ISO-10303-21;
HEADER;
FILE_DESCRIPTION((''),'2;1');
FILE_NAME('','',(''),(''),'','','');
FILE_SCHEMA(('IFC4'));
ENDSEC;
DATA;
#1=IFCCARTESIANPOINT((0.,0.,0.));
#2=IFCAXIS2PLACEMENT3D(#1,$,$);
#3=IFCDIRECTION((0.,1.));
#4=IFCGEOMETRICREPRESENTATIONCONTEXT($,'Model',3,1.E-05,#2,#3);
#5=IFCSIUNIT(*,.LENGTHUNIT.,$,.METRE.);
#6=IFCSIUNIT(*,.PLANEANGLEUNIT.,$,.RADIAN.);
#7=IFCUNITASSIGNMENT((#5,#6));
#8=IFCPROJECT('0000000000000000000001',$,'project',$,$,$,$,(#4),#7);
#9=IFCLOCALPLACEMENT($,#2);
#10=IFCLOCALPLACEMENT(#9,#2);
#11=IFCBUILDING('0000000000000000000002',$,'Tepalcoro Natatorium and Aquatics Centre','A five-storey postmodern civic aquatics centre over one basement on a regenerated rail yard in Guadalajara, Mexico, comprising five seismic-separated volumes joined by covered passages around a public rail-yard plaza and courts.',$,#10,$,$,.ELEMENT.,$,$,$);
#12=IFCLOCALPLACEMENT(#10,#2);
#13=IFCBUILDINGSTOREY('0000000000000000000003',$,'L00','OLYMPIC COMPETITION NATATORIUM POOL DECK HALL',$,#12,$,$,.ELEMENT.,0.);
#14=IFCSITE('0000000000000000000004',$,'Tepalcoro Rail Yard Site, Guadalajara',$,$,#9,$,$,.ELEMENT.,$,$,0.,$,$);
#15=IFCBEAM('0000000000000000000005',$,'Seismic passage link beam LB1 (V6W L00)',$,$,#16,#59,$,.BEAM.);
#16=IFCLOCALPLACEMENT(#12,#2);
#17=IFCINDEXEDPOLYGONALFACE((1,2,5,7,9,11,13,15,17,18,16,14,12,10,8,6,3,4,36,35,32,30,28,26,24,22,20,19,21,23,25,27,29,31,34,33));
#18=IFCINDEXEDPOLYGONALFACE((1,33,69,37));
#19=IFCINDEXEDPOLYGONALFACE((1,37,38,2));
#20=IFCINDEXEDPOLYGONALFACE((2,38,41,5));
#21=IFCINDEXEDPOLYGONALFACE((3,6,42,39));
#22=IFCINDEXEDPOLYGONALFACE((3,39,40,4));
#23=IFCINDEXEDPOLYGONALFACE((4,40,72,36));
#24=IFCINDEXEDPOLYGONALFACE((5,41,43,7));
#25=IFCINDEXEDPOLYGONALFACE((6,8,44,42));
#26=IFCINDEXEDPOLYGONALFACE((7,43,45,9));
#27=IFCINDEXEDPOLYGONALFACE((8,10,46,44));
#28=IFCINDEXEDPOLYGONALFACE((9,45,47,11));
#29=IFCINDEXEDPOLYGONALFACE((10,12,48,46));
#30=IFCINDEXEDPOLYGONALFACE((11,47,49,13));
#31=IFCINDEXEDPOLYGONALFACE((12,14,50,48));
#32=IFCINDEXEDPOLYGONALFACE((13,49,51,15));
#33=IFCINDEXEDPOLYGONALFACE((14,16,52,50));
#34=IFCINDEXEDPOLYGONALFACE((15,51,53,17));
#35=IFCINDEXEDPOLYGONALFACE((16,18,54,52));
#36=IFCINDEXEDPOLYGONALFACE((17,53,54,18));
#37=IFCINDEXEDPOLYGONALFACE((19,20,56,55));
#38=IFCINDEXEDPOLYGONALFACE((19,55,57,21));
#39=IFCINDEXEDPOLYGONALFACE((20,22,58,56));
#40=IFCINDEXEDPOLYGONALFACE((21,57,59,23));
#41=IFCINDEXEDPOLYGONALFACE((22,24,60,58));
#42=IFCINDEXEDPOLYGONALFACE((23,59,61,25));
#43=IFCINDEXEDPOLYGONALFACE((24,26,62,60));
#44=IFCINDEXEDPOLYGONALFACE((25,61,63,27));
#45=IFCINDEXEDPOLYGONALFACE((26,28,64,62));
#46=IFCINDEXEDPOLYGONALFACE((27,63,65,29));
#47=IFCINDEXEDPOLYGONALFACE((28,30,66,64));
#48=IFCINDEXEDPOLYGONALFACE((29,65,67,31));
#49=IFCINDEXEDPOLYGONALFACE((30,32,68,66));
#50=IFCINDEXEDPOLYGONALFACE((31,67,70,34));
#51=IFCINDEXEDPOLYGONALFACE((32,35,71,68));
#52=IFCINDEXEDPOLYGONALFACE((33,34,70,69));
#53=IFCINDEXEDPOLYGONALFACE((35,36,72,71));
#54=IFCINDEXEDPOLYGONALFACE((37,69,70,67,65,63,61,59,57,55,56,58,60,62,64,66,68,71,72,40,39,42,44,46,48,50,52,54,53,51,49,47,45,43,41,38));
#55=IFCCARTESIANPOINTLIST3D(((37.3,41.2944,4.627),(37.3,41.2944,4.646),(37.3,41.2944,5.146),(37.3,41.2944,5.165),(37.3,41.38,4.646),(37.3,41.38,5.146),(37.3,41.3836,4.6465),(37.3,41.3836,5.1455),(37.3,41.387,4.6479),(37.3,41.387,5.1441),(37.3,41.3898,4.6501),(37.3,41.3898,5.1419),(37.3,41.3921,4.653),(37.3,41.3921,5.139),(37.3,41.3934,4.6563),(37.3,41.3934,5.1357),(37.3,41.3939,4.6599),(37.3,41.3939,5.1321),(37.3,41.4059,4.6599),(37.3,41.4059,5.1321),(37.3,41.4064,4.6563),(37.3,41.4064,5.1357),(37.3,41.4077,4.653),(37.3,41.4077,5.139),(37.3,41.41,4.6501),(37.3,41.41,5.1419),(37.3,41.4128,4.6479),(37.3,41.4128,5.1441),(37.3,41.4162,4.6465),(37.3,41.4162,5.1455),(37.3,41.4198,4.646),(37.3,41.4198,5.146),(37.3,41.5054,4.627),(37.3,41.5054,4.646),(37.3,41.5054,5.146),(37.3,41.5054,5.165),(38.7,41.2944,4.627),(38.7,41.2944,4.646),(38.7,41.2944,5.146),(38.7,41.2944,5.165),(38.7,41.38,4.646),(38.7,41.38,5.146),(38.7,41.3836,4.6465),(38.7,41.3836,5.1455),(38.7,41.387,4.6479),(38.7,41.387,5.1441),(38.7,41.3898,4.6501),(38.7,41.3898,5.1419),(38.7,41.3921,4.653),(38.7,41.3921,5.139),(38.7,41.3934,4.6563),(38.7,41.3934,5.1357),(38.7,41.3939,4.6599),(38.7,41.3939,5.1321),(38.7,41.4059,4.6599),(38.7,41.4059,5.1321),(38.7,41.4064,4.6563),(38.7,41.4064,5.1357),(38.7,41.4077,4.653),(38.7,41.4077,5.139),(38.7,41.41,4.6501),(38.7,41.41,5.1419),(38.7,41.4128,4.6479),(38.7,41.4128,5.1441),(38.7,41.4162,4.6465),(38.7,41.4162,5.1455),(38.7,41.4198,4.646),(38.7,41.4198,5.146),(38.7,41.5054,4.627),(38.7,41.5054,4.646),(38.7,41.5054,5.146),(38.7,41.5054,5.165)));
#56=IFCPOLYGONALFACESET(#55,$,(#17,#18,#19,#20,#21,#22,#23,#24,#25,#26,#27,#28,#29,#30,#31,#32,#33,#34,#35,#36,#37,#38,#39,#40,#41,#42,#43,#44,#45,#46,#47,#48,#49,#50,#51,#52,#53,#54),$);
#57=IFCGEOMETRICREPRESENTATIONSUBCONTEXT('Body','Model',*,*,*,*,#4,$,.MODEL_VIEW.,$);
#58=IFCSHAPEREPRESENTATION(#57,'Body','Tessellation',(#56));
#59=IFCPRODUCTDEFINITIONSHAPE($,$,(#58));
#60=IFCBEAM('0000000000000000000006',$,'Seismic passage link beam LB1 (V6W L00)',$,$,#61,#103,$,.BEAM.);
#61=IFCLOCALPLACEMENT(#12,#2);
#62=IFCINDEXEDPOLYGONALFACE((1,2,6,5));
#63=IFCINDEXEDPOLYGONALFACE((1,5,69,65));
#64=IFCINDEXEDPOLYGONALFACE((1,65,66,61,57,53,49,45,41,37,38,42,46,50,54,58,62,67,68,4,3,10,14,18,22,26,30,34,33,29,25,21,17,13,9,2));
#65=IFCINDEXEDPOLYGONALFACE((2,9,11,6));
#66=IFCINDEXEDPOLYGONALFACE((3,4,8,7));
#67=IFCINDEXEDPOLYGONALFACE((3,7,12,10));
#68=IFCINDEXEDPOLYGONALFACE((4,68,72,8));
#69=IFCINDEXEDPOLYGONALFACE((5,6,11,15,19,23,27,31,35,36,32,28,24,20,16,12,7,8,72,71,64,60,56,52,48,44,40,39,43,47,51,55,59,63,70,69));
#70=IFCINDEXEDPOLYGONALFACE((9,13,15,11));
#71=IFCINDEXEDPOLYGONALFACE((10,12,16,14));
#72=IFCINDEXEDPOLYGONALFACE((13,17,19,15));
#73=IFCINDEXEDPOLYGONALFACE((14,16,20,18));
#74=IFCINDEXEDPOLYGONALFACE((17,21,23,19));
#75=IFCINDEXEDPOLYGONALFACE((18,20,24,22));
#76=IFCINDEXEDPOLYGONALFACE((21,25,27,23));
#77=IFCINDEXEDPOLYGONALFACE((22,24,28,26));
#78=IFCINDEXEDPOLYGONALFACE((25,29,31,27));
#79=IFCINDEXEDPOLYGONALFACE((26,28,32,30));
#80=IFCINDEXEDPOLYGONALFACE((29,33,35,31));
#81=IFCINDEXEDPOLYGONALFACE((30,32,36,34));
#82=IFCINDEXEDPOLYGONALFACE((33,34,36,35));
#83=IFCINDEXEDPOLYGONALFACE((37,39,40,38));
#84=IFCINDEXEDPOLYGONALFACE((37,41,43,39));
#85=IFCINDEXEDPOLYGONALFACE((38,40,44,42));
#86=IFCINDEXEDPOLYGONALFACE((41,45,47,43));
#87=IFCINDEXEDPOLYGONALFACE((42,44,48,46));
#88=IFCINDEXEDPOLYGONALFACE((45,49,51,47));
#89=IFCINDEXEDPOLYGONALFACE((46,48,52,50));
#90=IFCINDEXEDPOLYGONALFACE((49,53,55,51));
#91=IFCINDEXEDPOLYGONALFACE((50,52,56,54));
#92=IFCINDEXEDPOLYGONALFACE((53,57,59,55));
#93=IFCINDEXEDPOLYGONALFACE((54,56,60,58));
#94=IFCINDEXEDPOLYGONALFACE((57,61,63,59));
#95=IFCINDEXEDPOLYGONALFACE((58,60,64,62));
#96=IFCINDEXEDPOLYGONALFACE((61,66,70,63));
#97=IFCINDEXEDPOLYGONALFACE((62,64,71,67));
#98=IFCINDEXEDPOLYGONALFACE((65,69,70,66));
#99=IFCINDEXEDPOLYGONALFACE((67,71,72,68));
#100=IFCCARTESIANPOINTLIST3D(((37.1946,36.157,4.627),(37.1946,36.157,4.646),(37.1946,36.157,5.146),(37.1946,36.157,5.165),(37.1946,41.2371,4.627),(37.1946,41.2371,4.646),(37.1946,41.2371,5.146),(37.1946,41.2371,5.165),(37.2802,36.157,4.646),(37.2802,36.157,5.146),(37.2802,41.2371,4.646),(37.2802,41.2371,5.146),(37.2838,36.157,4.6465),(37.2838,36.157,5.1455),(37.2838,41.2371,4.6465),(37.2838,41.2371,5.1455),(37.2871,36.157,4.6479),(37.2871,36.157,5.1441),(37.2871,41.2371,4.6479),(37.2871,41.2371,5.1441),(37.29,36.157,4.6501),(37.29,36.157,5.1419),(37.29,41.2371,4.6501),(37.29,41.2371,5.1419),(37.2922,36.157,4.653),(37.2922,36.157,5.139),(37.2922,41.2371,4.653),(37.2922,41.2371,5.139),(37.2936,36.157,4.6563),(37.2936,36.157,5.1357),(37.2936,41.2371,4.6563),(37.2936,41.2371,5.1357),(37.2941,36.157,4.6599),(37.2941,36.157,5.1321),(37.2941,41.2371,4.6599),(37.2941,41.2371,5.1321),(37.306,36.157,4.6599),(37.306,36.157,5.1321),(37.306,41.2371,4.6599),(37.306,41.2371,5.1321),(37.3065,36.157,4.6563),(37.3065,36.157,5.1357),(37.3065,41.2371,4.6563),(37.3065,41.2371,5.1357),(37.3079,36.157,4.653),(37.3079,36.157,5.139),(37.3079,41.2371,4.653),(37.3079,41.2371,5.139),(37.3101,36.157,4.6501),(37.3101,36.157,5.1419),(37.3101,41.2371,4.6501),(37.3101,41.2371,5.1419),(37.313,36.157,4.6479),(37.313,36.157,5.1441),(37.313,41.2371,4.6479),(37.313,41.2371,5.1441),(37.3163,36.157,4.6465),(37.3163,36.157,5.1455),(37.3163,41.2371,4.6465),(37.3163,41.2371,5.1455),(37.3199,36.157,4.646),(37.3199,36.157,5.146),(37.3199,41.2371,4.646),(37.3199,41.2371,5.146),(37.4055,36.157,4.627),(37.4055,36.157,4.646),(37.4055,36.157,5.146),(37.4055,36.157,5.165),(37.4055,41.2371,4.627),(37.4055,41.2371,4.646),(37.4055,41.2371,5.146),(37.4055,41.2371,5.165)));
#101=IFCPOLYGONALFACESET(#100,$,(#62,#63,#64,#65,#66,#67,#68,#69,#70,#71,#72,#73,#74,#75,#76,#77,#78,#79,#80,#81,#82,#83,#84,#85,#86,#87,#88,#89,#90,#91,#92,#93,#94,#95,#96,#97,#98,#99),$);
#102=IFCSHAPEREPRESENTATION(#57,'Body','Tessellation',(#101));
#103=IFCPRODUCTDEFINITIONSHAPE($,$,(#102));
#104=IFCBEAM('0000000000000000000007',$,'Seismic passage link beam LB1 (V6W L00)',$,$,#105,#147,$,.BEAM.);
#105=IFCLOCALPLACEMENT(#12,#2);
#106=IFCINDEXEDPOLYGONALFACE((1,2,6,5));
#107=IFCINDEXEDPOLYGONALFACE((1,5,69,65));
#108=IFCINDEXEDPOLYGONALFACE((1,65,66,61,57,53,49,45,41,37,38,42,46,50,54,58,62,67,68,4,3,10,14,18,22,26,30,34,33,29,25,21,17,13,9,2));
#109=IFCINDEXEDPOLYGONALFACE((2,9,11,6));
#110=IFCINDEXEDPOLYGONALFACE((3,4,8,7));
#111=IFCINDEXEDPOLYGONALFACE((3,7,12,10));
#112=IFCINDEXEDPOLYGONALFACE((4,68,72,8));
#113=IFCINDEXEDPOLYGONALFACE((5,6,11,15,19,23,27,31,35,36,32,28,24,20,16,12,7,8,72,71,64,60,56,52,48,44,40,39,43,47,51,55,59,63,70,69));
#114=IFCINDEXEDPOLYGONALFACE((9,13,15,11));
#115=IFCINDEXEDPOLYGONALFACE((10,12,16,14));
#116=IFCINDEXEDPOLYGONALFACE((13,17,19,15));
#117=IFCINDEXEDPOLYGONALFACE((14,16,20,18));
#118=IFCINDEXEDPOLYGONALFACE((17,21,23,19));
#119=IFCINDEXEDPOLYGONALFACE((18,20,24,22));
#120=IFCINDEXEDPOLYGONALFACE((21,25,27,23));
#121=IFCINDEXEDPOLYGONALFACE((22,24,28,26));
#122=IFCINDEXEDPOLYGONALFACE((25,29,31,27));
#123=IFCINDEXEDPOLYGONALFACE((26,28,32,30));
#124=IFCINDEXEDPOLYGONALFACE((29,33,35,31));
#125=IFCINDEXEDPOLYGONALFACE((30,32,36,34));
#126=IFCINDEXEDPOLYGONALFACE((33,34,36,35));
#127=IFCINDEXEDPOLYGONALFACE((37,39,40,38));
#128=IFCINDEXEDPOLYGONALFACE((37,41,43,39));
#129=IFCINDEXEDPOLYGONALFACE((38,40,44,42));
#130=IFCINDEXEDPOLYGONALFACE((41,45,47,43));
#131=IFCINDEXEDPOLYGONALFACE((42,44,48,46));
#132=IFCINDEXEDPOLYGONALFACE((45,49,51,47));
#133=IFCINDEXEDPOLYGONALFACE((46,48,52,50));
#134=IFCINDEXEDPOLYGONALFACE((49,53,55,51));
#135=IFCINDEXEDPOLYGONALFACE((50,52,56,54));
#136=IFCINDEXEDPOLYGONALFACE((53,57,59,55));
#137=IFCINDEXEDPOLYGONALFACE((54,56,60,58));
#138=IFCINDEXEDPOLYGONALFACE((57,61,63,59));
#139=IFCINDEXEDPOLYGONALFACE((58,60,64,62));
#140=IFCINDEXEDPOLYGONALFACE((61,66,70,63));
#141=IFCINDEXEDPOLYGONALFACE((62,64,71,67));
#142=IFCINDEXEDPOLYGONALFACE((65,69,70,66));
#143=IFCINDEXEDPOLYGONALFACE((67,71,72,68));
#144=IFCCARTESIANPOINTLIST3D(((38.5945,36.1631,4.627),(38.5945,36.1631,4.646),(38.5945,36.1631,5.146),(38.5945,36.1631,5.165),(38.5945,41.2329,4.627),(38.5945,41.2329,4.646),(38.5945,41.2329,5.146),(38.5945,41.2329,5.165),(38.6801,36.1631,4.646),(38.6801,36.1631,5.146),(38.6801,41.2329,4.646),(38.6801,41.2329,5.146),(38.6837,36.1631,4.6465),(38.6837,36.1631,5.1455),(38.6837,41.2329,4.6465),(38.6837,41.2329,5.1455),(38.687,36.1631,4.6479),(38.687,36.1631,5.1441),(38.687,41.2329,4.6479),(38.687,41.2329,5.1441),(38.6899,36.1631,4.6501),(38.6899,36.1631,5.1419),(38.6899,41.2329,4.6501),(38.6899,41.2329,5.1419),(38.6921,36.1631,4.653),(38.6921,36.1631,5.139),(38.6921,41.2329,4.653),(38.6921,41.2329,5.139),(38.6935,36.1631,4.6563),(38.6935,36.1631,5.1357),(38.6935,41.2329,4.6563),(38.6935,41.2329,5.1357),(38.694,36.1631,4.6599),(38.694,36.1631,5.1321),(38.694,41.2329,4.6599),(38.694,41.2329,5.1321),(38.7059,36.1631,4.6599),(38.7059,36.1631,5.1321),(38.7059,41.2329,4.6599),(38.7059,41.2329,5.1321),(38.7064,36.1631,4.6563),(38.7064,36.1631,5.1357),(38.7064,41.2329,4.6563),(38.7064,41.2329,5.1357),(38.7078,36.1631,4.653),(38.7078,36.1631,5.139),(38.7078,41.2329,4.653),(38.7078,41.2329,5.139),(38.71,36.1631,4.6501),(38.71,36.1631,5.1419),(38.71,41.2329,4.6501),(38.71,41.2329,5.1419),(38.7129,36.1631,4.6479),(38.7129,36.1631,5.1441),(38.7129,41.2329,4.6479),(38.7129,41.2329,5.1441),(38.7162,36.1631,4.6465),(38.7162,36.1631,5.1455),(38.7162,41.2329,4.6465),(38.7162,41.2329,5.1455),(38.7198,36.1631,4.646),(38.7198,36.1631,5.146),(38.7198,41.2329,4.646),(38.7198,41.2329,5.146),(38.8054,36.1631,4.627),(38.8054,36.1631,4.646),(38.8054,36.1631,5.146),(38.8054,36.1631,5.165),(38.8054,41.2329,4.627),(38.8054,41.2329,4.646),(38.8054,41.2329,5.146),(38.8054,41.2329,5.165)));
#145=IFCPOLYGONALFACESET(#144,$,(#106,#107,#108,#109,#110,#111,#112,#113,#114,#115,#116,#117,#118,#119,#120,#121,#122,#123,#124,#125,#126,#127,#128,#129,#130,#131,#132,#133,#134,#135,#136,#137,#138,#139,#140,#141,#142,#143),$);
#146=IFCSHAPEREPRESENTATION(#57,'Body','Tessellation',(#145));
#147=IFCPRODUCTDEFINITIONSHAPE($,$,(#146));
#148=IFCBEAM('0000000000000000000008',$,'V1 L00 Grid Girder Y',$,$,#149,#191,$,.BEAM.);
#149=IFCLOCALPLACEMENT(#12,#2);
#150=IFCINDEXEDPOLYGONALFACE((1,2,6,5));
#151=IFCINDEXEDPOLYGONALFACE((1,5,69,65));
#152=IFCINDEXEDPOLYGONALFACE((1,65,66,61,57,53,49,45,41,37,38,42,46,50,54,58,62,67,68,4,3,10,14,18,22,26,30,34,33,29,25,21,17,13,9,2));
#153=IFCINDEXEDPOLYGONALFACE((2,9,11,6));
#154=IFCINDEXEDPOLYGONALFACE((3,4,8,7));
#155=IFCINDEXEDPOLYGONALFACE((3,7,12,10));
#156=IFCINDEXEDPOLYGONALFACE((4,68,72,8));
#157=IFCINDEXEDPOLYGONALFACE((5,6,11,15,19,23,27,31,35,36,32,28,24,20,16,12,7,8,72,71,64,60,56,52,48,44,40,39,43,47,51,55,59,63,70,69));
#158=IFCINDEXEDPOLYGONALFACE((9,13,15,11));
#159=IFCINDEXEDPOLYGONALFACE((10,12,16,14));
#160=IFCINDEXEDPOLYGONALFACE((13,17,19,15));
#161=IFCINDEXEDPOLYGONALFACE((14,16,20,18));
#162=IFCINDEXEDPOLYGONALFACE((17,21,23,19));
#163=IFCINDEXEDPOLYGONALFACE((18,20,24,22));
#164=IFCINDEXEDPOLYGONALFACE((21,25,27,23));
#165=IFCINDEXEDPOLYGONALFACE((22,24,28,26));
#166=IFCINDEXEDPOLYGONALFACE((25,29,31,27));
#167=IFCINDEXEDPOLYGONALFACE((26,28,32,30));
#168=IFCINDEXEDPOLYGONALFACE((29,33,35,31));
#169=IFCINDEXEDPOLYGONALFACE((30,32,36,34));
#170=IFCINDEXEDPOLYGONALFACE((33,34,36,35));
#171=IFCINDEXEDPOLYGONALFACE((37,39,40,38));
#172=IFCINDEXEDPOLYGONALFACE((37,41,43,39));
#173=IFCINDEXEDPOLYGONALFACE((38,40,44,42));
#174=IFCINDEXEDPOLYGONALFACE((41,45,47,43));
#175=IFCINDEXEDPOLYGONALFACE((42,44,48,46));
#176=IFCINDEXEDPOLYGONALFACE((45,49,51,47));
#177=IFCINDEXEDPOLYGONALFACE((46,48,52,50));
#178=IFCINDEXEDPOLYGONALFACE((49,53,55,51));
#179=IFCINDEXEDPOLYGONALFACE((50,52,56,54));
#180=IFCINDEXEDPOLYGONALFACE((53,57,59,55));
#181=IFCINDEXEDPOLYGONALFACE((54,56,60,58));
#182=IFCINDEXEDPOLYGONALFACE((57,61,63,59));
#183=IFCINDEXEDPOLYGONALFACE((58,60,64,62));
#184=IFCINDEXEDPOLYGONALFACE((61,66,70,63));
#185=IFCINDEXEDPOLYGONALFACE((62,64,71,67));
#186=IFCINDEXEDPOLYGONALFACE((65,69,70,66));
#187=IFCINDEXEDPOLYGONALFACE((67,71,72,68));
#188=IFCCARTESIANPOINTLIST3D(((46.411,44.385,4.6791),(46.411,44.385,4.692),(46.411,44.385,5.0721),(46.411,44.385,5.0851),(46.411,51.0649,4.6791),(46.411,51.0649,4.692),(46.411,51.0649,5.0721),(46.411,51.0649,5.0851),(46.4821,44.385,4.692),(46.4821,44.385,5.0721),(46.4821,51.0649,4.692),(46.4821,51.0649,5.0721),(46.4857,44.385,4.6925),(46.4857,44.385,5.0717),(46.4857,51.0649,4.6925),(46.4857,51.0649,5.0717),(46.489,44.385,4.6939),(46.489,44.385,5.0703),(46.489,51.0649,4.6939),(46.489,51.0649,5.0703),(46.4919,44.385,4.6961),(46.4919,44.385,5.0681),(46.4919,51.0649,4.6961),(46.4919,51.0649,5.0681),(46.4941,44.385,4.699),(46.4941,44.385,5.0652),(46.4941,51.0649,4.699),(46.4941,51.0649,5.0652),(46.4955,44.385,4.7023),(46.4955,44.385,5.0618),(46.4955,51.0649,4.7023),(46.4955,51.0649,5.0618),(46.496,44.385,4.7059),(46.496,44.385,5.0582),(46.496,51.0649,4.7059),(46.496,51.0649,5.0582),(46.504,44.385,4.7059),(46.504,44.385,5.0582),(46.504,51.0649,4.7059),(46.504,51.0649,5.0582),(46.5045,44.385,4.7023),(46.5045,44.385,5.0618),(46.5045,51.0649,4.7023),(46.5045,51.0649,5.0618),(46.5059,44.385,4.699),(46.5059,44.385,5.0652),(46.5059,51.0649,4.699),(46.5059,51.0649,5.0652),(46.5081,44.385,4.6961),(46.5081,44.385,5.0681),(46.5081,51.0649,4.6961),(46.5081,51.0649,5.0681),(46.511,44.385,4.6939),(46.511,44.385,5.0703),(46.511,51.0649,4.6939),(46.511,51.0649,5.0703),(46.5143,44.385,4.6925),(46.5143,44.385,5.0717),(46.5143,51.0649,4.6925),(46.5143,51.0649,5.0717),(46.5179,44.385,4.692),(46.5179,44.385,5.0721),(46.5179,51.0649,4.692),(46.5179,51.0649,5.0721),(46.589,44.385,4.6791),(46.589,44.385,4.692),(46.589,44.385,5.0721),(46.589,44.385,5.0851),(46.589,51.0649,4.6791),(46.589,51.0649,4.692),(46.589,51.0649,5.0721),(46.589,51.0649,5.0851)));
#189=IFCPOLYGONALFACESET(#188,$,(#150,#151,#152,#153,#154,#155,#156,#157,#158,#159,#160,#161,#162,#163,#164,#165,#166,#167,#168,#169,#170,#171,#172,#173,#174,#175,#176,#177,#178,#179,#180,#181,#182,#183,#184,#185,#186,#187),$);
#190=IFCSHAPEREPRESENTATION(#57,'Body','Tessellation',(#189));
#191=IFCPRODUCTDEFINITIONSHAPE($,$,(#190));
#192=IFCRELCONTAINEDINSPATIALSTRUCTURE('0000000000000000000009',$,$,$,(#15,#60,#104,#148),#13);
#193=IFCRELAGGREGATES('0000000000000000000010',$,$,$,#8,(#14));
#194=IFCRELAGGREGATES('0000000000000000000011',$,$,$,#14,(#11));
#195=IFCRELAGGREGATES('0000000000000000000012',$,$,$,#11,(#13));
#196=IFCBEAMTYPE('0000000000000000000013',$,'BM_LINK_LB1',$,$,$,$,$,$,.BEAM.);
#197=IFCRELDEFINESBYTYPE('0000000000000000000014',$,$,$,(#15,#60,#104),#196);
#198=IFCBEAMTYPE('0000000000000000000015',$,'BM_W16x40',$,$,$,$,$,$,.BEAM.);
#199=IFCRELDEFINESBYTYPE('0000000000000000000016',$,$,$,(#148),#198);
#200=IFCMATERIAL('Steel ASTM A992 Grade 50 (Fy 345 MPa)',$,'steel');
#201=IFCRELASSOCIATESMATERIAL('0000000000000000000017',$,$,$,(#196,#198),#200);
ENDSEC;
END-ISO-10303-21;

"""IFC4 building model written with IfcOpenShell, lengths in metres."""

from ifc_helpers import new_model, si_unit, direction, frame, origin, origin_2d, place, context, subcontext, project, spatial, i_section, extrude, material, material_profile, profile_set, type_object, element, save


model = new_model("IFC4")

# Units and contexts
model_context = context("Model", 3, precision=1e-05, world=origin(), true_north=direction((0.0, 1.0)))
body_context = subcontext(model_context, "Body", "Model", "MODEL_VIEW")
ifc_project = project(units=[si_unit("LENGTHUNIT", "METRE"), si_unit("PLANEANGLEUNIT", "RADIAN")], contexts=[model_context])

# Site, building, storey
site_placement = place(None, origin())
site = spatial("IfcSite", under=ifc_project, at=site_placement, Name="Tepalcoro Rail Yard Site, Guadalajara", CompositionType="ELEMENT", RefElevation=0.0)
building_placement = place(site_placement, origin())
building = spatial("IfcBuilding", under=site, at=building_placement, Name="Tepalcoro Natatorium and Aquatics Centre", Description="A five-storey postmodern civic aquatics centre over one basement on a regenerated rail yard in Guadalajara, Mexico, comprising five seismic-separated volumes joined by covered passages around a public rail-yard plaza and courts.", CompositionType="ELEMENT")
storey_placement = place(building_placement, origin())
storey = spatial("IfcBuildingStorey", under=building, at=storey_placement, Name="L00", Description="OLYMPIC COMPETITION NATATORIUM POOL DECK HALL", CompositionType="ELEMENT", Elevation=0.0)

# Shared definitions
ifc_material_1 = material(Name="Steel ASTM A992 Grade 50 (Fy 345 MPa)", Category="steel")

# Beams
ifc_material_profile_1 = material_profile(ifc_material_1, i_section(OverallWidth=0.2109, OverallDepth=0.5381, WebThickness=0.012, FlangeThickness=0.019, FilletRadius=0.0139, at=origin_2d()), Name="W21X73")
ifc_profile_set_1 = profile_set([ifc_material_profile_1], Name="Steel ASTM A992 Grade 50 (Fy 345 MPa)")
beam_type_1 = type_object("IfcBeamType", Name="BM_LINK_LB1", PredefinedType="BEAM", material=ifc_profile_set_1)
beam_1_placement = place(storey_placement, frame((37.3, 41.3999, 4.896), z_axis=(1.0, 0.0, 0.0), x_axis=(0.0, 1.0, 0.0)))
element("IfcBeam", 1, at=beam_1_placement, inside=storey, type_object=beam_type_1, Name="Seismic passage link beam LB1 (V6W L00)", PredefinedType="BEAM", context=body_context, shape_type="SweptSolid", body=[
    extrude(i_section(OverallWidth=0.2109, OverallDepth=0.5381, WebThickness=0.012, FlangeThickness=0.019, FilletRadius=0.0139, at=origin_2d()), origin(), (0.0, 0.0, 1.0), 1.3999),
])
beam_2_placement = place(storey_placement, frame((37.3, 36.157, 4.896), z_axis=(0.0, 1.0, 0.0), x_axis=(-1.0, 0.0, 0.0)))
element("IfcBeam", 2, at=beam_2_placement, inside=storey, type_object=beam_type_1, Name="Seismic passage link beam LB1 (V6W L00)", PredefinedType="BEAM", context=body_context, shape_type="SweptSolid", body=[
    extrude(i_section(OverallWidth=0.2109, OverallDepth=0.5381, WebThickness=0.012, FlangeThickness=0.019, FilletRadius=0.0139, at=origin_2d()), origin(), (0.0, 0.0, 1.0), 5.0801),
])
beam_3_placement = place(storey_placement, frame((38.7, 36.1631, 4.896), z_axis=(0.0, 1.0, 0.0), x_axis=(-1.0, 0.0, 0.0)))
element("IfcBeam", 3, at=beam_3_placement, inside=storey, type_object=beam_type_1, Name="Seismic passage link beam LB1 (V6W L00)", PredefinedType="BEAM", context=body_context, shape_type="SweptSolid", body=[
    extrude(i_section(OverallWidth=0.2109, OverallDepth=0.5381, WebThickness=0.012, FlangeThickness=0.019, FilletRadius=0.0139, at=origin_2d()), origin(), (0.0, 0.0, 1.0), 5.0698),
])
ifc_material_profile_2 = material_profile(ifc_material_1, i_section(OverallWidth=0.178, OverallDepth=0.406, WebThickness=0.0081, FlangeThickness=0.0129, FilletRadius=0.0139, at=origin_2d()), Name="W16X40")
ifc_profile_set_2 = profile_set([ifc_material_profile_2], Name="Steel ASTM A992 Grade 50 (Fy 345 MPa)")
beam_type_2 = type_object("IfcBeamType", Name="BM_W16x40", PredefinedType="BEAM", material=ifc_profile_set_2)
beam_4_placement = place(storey_placement, frame((46.5, 44.385, 4.8821), z_axis=(0.0, 1.0, 0.0), x_axis=(-1.0, 0.0, 0.0)))
element("IfcBeam", 4, at=beam_4_placement, inside=storey, type_object=beam_type_2, Name="V1 L00 Grid Girder Y", PredefinedType="BEAM", context=body_context, shape_type="SweptSolid", body=[
    extrude(i_section(OverallWidth=0.178, OverallDepth=0.406, WebThickness=0.0081, FlangeThickness=0.0129, FilletRadius=0.0139, at=origin_2d()), origin(), (0.0, 0.0, 1.0), 6.6799),
])

save(model, "model.ifc")
